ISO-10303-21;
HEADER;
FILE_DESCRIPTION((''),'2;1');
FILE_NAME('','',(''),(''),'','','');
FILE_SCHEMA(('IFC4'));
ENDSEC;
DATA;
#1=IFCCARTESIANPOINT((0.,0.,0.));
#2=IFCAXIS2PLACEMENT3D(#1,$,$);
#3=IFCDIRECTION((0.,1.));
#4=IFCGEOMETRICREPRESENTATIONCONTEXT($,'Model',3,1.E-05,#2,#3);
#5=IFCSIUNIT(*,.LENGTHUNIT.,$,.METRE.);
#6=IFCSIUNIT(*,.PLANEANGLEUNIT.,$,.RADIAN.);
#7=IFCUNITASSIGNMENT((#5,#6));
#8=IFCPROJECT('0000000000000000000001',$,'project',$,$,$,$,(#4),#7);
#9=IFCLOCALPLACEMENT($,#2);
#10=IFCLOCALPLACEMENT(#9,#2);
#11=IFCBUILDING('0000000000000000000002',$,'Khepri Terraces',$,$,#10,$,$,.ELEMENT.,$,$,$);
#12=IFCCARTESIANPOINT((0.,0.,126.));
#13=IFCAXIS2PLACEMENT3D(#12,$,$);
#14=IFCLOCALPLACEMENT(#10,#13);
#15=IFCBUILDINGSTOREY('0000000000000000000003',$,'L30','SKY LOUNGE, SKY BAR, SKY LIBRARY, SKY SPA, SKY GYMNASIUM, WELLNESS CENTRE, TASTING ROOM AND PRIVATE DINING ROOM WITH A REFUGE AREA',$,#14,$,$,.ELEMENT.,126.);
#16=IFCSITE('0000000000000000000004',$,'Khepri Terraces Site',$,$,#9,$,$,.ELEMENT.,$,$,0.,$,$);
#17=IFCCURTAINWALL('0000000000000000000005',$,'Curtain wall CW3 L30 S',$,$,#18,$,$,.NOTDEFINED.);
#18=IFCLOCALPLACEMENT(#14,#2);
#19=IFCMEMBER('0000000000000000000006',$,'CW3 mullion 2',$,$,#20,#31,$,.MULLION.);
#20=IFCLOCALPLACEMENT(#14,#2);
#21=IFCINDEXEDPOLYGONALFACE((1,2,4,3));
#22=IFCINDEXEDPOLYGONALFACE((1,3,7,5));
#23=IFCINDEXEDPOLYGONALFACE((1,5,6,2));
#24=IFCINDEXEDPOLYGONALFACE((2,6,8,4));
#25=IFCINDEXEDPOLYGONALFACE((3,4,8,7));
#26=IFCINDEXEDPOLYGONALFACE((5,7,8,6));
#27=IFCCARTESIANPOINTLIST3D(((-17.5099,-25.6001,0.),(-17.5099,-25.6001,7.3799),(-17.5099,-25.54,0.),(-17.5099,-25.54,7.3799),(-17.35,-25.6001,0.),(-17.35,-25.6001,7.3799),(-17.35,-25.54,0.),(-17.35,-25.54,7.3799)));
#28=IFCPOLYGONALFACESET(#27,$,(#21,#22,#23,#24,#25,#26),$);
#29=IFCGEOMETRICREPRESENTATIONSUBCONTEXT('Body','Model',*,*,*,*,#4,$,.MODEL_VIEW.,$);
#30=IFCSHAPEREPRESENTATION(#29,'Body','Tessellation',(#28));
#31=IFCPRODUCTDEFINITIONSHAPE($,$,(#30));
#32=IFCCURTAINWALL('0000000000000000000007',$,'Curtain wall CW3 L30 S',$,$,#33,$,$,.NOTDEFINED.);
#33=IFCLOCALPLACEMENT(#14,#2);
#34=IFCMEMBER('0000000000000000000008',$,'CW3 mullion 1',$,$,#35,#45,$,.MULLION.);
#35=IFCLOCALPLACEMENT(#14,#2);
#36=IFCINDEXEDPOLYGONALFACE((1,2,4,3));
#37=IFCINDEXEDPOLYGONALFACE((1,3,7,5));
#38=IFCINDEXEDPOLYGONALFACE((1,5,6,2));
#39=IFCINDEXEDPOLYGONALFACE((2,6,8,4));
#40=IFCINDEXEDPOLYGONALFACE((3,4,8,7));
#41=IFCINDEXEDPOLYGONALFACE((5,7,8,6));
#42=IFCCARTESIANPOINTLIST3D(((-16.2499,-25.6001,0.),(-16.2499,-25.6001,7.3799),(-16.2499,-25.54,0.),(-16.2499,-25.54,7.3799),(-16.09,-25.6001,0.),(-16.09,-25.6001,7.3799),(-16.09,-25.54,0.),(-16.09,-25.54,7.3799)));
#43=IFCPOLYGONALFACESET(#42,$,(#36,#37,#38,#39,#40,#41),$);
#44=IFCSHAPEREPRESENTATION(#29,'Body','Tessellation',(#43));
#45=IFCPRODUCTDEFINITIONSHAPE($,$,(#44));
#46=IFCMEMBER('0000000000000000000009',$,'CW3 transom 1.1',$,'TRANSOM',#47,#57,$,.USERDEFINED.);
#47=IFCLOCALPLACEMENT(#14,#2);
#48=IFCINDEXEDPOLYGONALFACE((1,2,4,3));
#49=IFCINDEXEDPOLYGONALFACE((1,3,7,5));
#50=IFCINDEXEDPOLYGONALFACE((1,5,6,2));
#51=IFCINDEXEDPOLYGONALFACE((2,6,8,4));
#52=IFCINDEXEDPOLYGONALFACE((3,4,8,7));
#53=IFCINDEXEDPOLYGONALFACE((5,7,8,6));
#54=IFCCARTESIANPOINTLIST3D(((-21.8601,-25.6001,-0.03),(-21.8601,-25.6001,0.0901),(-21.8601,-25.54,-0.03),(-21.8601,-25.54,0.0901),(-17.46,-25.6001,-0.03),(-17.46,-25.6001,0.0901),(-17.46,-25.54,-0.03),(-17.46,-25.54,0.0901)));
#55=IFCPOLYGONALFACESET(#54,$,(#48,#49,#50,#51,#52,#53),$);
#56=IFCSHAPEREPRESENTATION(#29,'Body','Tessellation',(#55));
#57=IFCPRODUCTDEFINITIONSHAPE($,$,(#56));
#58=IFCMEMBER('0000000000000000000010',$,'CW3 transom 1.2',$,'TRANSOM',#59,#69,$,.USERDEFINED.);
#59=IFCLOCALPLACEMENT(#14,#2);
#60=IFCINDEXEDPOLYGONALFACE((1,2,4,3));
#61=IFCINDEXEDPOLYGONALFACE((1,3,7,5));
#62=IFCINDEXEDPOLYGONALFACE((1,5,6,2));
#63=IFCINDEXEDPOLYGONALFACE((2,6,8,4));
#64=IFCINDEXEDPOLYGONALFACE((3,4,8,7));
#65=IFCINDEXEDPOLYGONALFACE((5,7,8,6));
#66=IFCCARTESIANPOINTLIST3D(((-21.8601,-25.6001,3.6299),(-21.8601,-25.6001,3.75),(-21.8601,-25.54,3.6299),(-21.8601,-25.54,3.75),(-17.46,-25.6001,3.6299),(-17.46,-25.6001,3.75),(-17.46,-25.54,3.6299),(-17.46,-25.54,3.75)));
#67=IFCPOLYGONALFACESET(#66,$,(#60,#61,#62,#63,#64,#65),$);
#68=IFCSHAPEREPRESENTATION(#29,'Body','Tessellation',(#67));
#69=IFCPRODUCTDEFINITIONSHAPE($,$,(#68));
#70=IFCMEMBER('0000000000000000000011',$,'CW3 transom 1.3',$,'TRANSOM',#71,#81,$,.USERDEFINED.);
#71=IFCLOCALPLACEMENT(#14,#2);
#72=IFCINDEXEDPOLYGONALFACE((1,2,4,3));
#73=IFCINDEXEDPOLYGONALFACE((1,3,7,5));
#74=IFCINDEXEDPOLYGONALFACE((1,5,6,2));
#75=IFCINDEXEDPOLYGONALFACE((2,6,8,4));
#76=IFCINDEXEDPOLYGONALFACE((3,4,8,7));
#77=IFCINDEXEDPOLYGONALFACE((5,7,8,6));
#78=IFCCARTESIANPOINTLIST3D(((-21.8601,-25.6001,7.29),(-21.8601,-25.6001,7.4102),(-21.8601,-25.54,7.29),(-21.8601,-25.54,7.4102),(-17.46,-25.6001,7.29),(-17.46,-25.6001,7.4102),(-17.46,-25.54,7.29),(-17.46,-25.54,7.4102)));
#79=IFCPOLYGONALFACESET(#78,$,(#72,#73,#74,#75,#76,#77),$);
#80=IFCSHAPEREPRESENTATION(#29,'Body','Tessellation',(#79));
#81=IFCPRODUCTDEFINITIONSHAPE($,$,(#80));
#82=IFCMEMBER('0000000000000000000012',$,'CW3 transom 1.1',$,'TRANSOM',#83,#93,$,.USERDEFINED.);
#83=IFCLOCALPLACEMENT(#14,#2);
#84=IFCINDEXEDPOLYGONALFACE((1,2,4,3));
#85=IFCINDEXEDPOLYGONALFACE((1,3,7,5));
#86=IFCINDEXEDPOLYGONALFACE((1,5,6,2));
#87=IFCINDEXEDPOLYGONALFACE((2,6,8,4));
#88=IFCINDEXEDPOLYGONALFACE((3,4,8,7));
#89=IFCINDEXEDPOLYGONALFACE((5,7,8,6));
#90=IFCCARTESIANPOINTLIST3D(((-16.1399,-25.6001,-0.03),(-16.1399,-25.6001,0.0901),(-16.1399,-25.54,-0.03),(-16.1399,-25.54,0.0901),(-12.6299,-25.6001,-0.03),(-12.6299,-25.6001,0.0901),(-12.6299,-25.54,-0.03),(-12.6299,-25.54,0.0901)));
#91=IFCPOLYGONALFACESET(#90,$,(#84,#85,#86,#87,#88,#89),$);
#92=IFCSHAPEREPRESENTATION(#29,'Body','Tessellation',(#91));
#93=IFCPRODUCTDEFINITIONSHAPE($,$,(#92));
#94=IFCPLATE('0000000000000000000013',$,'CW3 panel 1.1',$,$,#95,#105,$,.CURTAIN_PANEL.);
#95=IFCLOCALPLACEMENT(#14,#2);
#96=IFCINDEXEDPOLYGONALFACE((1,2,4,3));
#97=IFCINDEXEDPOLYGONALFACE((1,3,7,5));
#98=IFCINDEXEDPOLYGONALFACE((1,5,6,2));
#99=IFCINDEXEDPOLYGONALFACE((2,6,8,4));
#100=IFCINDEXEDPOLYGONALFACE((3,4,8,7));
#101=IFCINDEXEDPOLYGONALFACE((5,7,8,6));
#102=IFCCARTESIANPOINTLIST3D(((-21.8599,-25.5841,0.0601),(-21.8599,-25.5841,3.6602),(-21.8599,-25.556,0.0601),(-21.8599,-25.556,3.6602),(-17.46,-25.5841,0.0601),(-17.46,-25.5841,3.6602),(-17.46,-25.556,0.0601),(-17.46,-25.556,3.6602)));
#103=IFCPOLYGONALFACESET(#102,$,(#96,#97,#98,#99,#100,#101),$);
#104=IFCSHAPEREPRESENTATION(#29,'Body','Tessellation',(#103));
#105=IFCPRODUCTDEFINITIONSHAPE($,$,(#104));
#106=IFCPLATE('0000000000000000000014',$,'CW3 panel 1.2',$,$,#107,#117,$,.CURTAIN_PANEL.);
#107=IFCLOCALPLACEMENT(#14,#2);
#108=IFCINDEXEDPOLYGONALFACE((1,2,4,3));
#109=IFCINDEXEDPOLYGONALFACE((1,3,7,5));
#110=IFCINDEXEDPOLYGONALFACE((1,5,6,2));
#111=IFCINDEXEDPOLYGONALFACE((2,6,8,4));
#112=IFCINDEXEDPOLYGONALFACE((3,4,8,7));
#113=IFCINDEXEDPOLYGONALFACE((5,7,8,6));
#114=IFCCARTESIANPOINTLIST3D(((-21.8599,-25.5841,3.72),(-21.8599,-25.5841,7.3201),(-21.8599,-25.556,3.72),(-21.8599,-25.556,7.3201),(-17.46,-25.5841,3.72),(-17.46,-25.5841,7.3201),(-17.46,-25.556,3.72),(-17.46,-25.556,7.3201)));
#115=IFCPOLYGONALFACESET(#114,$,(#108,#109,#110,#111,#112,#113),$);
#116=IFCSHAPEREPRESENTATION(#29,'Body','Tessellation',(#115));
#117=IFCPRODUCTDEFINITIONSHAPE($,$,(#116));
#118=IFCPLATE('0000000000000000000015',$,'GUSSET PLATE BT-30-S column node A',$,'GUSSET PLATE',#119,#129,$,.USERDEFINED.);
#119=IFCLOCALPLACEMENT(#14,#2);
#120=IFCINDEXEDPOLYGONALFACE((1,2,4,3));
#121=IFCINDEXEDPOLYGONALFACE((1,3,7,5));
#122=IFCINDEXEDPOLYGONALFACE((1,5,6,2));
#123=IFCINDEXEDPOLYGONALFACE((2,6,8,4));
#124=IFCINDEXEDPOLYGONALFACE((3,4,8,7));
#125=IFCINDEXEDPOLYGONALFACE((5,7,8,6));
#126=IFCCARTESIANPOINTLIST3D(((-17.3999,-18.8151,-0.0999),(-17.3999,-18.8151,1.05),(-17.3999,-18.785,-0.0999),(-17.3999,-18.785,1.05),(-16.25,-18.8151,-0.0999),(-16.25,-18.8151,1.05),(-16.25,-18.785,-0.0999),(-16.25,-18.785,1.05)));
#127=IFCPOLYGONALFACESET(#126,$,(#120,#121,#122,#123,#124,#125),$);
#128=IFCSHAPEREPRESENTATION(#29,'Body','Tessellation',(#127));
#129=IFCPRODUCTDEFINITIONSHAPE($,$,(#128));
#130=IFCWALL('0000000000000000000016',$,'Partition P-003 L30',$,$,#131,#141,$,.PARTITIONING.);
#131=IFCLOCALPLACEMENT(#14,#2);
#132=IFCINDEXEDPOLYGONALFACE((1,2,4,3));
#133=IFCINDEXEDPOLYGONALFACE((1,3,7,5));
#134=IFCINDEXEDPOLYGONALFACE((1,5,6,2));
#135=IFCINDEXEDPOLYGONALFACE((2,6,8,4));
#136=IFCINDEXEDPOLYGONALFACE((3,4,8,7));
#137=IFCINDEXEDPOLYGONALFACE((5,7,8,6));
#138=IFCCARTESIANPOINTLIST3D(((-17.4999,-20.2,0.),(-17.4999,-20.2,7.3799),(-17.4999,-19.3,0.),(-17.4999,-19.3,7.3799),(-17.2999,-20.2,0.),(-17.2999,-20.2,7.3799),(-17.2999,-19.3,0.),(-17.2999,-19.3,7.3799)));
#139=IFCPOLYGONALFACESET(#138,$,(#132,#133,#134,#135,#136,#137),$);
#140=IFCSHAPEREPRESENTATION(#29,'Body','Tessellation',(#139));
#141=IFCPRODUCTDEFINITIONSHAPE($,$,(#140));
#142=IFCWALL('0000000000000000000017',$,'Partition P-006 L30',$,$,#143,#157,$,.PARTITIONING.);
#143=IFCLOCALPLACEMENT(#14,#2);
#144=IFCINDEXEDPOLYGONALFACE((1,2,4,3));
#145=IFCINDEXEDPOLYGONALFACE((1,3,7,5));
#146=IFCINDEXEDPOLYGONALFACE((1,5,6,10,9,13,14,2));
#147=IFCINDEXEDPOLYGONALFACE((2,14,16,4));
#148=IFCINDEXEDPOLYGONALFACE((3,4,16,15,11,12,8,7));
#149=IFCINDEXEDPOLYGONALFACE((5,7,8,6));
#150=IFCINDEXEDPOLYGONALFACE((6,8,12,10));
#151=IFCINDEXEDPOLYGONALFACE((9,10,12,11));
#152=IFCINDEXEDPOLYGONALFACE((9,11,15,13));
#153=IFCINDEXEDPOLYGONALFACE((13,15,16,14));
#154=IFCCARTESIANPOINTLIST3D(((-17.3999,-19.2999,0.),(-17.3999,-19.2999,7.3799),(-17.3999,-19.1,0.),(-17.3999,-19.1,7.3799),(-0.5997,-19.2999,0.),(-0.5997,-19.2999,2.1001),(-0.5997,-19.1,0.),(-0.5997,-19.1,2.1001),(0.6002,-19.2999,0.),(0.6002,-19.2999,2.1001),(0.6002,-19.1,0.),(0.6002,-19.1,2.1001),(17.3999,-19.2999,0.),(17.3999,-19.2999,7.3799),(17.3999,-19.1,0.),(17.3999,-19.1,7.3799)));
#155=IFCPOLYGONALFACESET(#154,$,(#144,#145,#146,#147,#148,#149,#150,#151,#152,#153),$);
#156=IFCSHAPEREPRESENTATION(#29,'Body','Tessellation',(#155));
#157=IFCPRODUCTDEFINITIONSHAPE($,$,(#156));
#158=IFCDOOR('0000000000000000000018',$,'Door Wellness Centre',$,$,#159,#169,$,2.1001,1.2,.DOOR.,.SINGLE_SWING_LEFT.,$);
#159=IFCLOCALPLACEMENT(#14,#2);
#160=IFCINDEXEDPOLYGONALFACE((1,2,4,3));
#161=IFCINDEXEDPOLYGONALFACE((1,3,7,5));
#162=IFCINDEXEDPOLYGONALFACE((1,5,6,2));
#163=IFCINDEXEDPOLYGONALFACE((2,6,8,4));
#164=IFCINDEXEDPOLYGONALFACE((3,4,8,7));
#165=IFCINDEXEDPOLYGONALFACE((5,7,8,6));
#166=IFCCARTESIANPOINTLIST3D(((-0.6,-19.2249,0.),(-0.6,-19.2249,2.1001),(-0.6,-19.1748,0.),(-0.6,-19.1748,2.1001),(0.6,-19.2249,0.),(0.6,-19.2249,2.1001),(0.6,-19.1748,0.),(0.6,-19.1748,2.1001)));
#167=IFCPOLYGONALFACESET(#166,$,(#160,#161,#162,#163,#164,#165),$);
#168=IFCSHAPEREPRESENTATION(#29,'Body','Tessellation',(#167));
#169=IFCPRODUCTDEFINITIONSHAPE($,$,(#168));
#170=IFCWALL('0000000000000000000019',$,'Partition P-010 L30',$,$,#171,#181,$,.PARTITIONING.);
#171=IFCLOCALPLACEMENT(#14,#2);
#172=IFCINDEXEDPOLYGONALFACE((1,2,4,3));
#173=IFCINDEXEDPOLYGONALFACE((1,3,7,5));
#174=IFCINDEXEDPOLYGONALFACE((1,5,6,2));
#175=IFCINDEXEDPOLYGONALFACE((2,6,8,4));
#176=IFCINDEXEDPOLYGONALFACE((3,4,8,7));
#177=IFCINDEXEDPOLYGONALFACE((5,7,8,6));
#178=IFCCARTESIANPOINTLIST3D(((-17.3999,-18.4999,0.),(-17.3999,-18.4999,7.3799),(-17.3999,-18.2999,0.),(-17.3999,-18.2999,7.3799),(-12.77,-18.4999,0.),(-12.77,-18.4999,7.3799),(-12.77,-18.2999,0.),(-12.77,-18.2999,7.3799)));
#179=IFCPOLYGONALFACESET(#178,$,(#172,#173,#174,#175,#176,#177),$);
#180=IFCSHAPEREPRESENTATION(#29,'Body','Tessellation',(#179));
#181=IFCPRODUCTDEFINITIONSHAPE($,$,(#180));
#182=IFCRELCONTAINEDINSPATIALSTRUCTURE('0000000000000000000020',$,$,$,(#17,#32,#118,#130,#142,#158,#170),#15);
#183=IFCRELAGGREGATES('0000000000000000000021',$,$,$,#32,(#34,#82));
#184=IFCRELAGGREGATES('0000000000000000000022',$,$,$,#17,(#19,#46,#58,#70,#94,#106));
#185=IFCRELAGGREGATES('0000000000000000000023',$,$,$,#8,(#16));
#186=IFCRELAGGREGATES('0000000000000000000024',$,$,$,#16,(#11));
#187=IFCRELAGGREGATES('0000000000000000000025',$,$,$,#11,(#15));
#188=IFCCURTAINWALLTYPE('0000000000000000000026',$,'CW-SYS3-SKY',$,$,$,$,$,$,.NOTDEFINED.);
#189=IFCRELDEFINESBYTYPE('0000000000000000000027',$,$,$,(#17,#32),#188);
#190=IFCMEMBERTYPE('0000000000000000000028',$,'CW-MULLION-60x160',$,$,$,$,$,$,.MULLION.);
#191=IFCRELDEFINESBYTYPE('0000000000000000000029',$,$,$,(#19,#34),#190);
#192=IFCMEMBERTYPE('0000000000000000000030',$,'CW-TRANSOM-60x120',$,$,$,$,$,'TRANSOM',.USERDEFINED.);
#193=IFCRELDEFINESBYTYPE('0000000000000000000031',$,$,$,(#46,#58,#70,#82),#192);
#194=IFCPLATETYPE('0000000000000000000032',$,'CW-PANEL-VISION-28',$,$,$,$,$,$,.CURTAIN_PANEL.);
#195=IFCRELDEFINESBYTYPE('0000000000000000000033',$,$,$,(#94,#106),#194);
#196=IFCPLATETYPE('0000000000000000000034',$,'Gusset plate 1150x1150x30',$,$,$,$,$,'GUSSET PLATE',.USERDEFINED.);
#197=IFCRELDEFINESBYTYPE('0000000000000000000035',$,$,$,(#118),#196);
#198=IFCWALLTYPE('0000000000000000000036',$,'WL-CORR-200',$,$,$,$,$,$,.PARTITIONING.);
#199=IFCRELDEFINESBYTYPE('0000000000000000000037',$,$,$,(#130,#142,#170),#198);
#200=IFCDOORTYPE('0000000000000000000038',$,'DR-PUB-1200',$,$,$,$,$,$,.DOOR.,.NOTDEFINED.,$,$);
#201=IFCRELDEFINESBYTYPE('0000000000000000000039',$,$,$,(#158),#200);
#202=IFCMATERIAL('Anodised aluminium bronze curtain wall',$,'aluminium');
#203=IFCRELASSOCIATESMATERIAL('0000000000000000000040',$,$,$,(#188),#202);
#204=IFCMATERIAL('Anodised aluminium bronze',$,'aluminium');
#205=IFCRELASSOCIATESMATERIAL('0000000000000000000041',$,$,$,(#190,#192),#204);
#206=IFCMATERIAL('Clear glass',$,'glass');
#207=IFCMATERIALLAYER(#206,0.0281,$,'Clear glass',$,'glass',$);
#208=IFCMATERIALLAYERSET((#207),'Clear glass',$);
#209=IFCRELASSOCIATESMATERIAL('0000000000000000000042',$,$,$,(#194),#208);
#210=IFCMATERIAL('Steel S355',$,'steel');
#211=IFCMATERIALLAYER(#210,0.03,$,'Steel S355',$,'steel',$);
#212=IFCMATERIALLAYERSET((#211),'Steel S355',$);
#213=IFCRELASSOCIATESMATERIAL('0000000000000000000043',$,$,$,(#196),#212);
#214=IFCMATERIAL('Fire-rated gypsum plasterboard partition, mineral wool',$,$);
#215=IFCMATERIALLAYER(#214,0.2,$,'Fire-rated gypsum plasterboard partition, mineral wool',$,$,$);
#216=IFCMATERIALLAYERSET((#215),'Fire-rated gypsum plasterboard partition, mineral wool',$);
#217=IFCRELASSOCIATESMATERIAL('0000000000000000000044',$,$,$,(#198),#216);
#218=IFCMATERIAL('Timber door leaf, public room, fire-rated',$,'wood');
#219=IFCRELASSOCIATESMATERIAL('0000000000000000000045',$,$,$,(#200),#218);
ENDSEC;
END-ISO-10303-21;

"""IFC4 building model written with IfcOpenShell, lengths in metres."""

from ifc_helpers import new_model, si_unit, direction, frame, frame_2d, origin, origin_2d, place, context, subcontext, project, spatial, rectangle, extrude, material, layer, layer_set, material_profile, profile_set, type_object, element, fill, aggregate, save


model = new_model("IFC4")

# Units and contexts
model_context = context("Model", 3, precision=1e-05, world=origin(), true_north=direction((0.0, 1.0)))
body_context = subcontext(model_context, "Body", "Model", "MODEL_VIEW")
ifc_project = project(units=[si_unit("LENGTHUNIT", "METRE"), si_unit("PLANEANGLEUNIT", "RADIAN")], contexts=[model_context])

# Site, building, storey
site_placement = place(None, origin())
site = spatial("IfcSite", under=ifc_project, at=site_placement, Name="Khepri Terraces Site", CompositionType="ELEMENT", RefElevation=0.0)
building_placement = place(site_placement, origin())
building = spatial("IfcBuilding", under=site, at=building_placement, Name="Khepri Terraces", CompositionType="ELEMENT")
storey_placement = place(building_placement, frame((0.0, 0.0, 126.0)))
storey = spatial("IfcBuildingStorey", under=building, at=storey_placement, Name="L30", Description="SKY LOUNGE, SKY BAR, SKY LIBRARY, SKY SPA, SKY GYMNASIUM, WELLNESS CENTRE, TASTING ROOM AND PRIVATE DINING ROOM WITH A REFUGE AREA", CompositionType="ELEMENT", Elevation=126.0)

# Shared definitions
ifc_material_1 = material(Name="Steel S355", Category="steel")

# Curtain wall, member
ifc_material_2 = material(Name="Anodised aluminium bronze curtain wall", Category="aluminium")
curtain_wall_type = type_object("IfcCurtainWallType", Name="CW-SYS3-SKY", PredefinedType="NOTDEFINED", material=ifc_material_2)
curtain_wall_1_placement = place(storey_placement, origin())
curtain_wall_1 = element("IfcCurtainWall", 1, at=curtain_wall_1_placement, inside=storey, type_object=curtain_wall_type, Name="Curtain wall CW3 L30 S", PredefinedType="NOTDEFINED")
ifc_material_3 = material(Name="Anodised aluminium bronze", Category="aluminium")
ifc_material_profile_1 = material_profile(ifc_material_3, rectangle(XDim=0.0601, YDim=0.1599, at=origin_2d()), Name="Anodised aluminium bronze", Category="aluminium")
ifc_profile_set_1 = profile_set([ifc_material_profile_1], Name="Anodised aluminium bronze")
member_type_1 = type_object("IfcMemberType", Name="CW-MULLION-60x160", PredefinedType="MULLION", material=ifc_profile_set_1)
member_1_placement = place(storey_placement, frame((-17.4299, -25.5701, 0.0), z_axis=(0.0, 0.0, 1.0), x_axis=(0.0, 1.0, 0.0)))
member_1 = element("IfcMember", 2, at=member_1_placement, type_object=member_type_1, Name="CW3 mullion 2", PredefinedType="MULLION", context=body_context, shape_type="SweptSolid", body=[
    extrude(rectangle(XDim=0.0601, YDim=0.1599, at=origin_2d()), origin(), (0.0, 0.0, 1.0), 7.3799),
])

# Curtain wall, member
curtain_wall_2_placement = place(storey_placement, origin())
curtain_wall_2 = element("IfcCurtainWall", 3, at=curtain_wall_2_placement, inside=storey, type_object=curtain_wall_type, Name="Curtain wall CW3 L30 S", PredefinedType="NOTDEFINED")
member_2_placement = place(storey_placement, frame((-16.1699, -25.5701, 0.0), z_axis=(0.0, 0.0, 1.0), x_axis=(0.0, 1.0, 0.0)))
member_2 = element("IfcMember", 4, at=member_2_placement, type_object=member_type_1, Name="CW3 mullion 1", PredefinedType="MULLION", context=body_context, shape_type="SweptSolid", body=[
    extrude(rectangle(XDim=0.0601, YDim=0.1599, at=origin_2d()), origin(), (0.0, 0.0, 1.0), 7.3799),
])

# Members
ifc_material_profile_2 = material_profile(ifc_material_3, rectangle(XDim=0.0601, YDim=0.1201, at=origin_2d()), Name="Anodised aluminium bronze", Category="aluminium")
ifc_profile_set_2 = profile_set([ifc_material_profile_2], Name="Anodised aluminium bronze")
member_type_2 = type_object("IfcMemberType", Name="CW-TRANSOM-60x120", ElementType="TRANSOM", PredefinedType="USERDEFINED", material=ifc_profile_set_2)
member_3_placement = place(storey_placement, frame((-21.8601, -25.5701, 0.03), z_axis=(1.0, 0.0, 0.0), x_axis=(0.0, 1.0, 0.0)))
member_3 = element("IfcMember", 5, at=member_3_placement, type_object=member_type_2, Name="CW3 transom 1.1", ObjectType="TRANSOM", PredefinedType="USERDEFINED", context=body_context, shape_type="SweptSolid", body=[
    extrude(rectangle(XDim=0.0601, YDim=0.1201, at=origin_2d()), origin(), (0.0, 0.0, 1.0), 4.4001),
])
member_4_placement = place(storey_placement, frame((-21.8601, -25.5701, 3.6899), z_axis=(1.0, 0.0, 0.0), x_axis=(0.0, 1.0, 0.0)))
member_4 = element("IfcMember", 6, at=member_4_placement, type_object=member_type_2, Name="CW3 transom 1.2", ObjectType="TRANSOM", PredefinedType="USERDEFINED", context=body_context, shape_type="SweptSolid", body=[
    extrude(rectangle(XDim=0.0601, YDim=0.1201, at=origin_2d()), origin(), (0.0, 0.0, 1.0), 4.4001),
])
member_5_placement = place(storey_placement, frame((-21.8601, -25.5701, 7.3501), z_axis=(1.0, 0.0, 0.0), x_axis=(0.0, 1.0, 0.0)))
member_5 = element("IfcMember", 7, at=member_5_placement, type_object=member_type_2, Name="CW3 transom 1.3", ObjectType="TRANSOM", PredefinedType="USERDEFINED", context=body_context, shape_type="SweptSolid", body=[
    extrude(rectangle(XDim=0.0601, YDim=0.1201, at=origin_2d()), origin(), (0.0, 0.0, 1.0), 4.4001),
])
member_6_placement = place(storey_placement, frame((-16.1399, -25.5701, 0.03), z_axis=(1.0, 0.0, 0.0), x_axis=(0.0, 1.0, 0.0)))
member_6 = element("IfcMember", 8, at=member_6_placement, type_object=member_type_2, Name="CW3 transom 1.1", ObjectType="TRANSOM", PredefinedType="USERDEFINED", context=body_context, shape_type="SweptSolid", body=[
    extrude(rectangle(XDim=0.0601, YDim=0.1201, at=origin_2d()), origin(), (0.0, 0.0, 1.0), 3.51),
])
aggregate(curtain_wall_2, [member_2, member_6])

# Plates
ifc_material_4 = material(Name="Clear glass", Category="glass")
ifc_layer_1 = layer(ifc_material_4, 0.0281, Name="Clear glass", Category="glass")
ifc_layer_set_1 = layer_set([ifc_layer_1], Name="Clear glass")
plate_type_1 = type_object("IfcPlateType", Name="CW-PANEL-VISION-28", PredefinedType="CURTAIN_PANEL", material=ifc_layer_set_1)
plate_1_placement = place(storey_placement, frame((-19.6599, -25.5701, 0.0601), z_axis=(0.0, 0.0, 1.0), x_axis=(1.0, 0.0, 0.0)))
plate_1 = element("IfcPlate", 9, at=plate_1_placement, type_object=plate_type_1, Name="CW3 panel 1.1", PredefinedType="CURTAIN_PANEL", context=body_context, shape_type="SweptSolid", body=[
    extrude(rectangle(XDim=4.3999, YDim=0.0281, at=origin_2d()), origin(), (0.0, 0.0, 1.0), 3.6001),
])
plate_2_placement = place(storey_placement, frame((-19.6599, -25.5701, 3.72), z_axis=(0.0, 0.0, 1.0), x_axis=(1.0, 0.0, 0.0)))
plate_2 = element("IfcPlate", 10, at=plate_2_placement, type_object=plate_type_1, Name="CW3 panel 1.2", PredefinedType="CURTAIN_PANEL", context=body_context, shape_type="SweptSolid", body=[
    extrude(rectangle(XDim=4.3999, YDim=0.0281, at=origin_2d()), origin(), (0.0, 0.0, 1.0), 3.6001),
])
aggregate(curtain_wall_1, [member_1, member_3, member_4, member_5, plate_1, plate_2])
ifc_layer_2 = layer(ifc_material_1, 0.03, Name="Steel S355", Category="steel")
ifc_layer_set_2 = layer_set([ifc_layer_2], Name="Steel S355")
plate_type_2 = type_object("IfcPlateType", Name="Gusset plate 1150x1150x30", ElementType="GUSSET PLATE", PredefinedType="USERDEFINED", material=ifc_layer_set_2)
plate_3_placement = place(storey_placement, frame((-16.825, -18.8, -0.0999), z_axis=(0.0, 0.0, 1.0), x_axis=(1.0, 0.0, 0.0)))
element("IfcPlate", 11, at=plate_3_placement, inside=storey, type_object=plate_type_2, Name="GUSSET PLATE BT-30-S column node A", ObjectType="GUSSET PLATE", PredefinedType="USERDEFINED", context=body_context, shape_type="SweptSolid", body=[
    extrude(rectangle(XDim=1.1499, YDim=0.03, at=origin_2d()), origin(), (0.0, 0.0, 1.0), 1.1499),
])

# Wall
ifc_material_5 = material(Name="Fire-rated gypsum plasterboard partition, mineral wool")
ifc_layer_3 = layer(ifc_material_5, 0.2, Name="Fire-rated gypsum plasterboard partition, mineral wool")
ifc_layer_set_3 = layer_set([ifc_layer_3], Name="Fire-rated gypsum plasterboard partition, mineral wool")
wall_type_1 = type_object("IfcWallType", Name="WL-CORR-200", PredefinedType="PARTITIONING", material=ifc_layer_set_3)
wall_1_placement = place(storey_placement, frame((-17.3999, -20.2, 0.0), z_axis=(0.0, 0.0, 1.0), x_axis=(0.0, 1.0, 0.0)))
element("IfcWall", 12, at=wall_1_placement, inside=storey, type_object=wall_type_1, Name="Partition P-003 L30", PredefinedType="PARTITIONING", context=body_context, shape_type="SweptSolid", body=[
    extrude(rectangle(XDim=0.8999, YDim=0.2, at=frame_2d((0.45, 0.0))), origin(), (0.0, 0.0, 1.0), 7.3799),
])

# Wall, opening, door
wall_2_placement = place(storey_placement, frame((-17.3999, -19.2, 0.0), z_axis=(0.0, 0.0, 1.0), x_axis=(1.0, 0.0, 0.0)))
wall_2 = element("IfcWall", 13, at=wall_2_placement, inside=storey, type_object=wall_type_1, Name="Partition P-006 L30", PredefinedType="PARTITIONING", context=body_context, shape_type="SweptSolid", body=[
    extrude(rectangle(XDim=34.7998, YDim=0.2, at=frame_2d((17.3999, 0.0))), origin(), (0.0, 0.0, 1.0), 7.3799),
])
opening_1_placement = place(wall_2_placement, frame((16.8, 0.0, 0.0)))
opening_1 = element("IfcOpeningElement", 14, at=opening_1_placement, cuts=wall_2, PredefinedType="OPENING", context=body_context, shape_type="SweptSolid", body=[
    extrude(rectangle(XDim=1.2, YDim=2.1001, at=frame_2d((0.6001, 1.05))), frame((0.0, 0.1099, 0.0), z_axis=(0.0, -1.0, 0.0), x_axis=(1.0, 0.0, 0.0)), (0.0, 0.0, 1.0), 0.22),
])
ifc_material_6 = material(Name="Timber door leaf, public room, fire-rated", Category="wood")
door_type_1 = type_object("IfcDoorType", Name="DR-PUB-1200", OperationType="NOTDEFINED", PredefinedType="DOOR", material=ifc_material_6)
door_1_placement = place(opening_1_placement, frame((1.2, 0.0, 0.0), z_axis=(0.0, 0.0, 1.0), x_axis=(-1.0, 0.0, 0.0)))
door_1 = element("IfcDoor", 15, at=door_1_placement, inside=storey, type_object=door_type_1, Name="Door Wellness Centre", OperationType="SINGLE_SWING_LEFT", OverallHeight=2.1001, OverallWidth=1.2, PredefinedType="DOOR", context=body_context, shape_type="SweptSolid", body=[
    extrude(rectangle(XDim=1.2, YDim=2.1001, at=frame_2d((0.6001, 1.05))), frame((0.0, 0.0249, 0.0), z_axis=(0.0, -1.0, 0.0), x_axis=(1.0, 0.0, 0.0)), (0.0, 0.0, 1.0), 0.05),
])
fill(opening_1, door_1)

# Wall
wall_3_placement = place(storey_placement, frame((-17.3999, -18.3999, 0.0), z_axis=(0.0, 0.0, 1.0), x_axis=(1.0, 0.0, 0.0)))
element("IfcWall", 16, at=wall_3_placement, inside=storey, type_object=wall_type_1, Name="Partition P-010 L30", PredefinedType="PARTITIONING", context=body_context, shape_type="SweptSolid", body=[
    extrude(rectangle(XDim=4.6299, YDim=0.2, at=frame_2d((2.3149, 0.0))), origin(), (0.0, 0.0, 1.0), 7.3799),
])

save(model, "model.ifc")
